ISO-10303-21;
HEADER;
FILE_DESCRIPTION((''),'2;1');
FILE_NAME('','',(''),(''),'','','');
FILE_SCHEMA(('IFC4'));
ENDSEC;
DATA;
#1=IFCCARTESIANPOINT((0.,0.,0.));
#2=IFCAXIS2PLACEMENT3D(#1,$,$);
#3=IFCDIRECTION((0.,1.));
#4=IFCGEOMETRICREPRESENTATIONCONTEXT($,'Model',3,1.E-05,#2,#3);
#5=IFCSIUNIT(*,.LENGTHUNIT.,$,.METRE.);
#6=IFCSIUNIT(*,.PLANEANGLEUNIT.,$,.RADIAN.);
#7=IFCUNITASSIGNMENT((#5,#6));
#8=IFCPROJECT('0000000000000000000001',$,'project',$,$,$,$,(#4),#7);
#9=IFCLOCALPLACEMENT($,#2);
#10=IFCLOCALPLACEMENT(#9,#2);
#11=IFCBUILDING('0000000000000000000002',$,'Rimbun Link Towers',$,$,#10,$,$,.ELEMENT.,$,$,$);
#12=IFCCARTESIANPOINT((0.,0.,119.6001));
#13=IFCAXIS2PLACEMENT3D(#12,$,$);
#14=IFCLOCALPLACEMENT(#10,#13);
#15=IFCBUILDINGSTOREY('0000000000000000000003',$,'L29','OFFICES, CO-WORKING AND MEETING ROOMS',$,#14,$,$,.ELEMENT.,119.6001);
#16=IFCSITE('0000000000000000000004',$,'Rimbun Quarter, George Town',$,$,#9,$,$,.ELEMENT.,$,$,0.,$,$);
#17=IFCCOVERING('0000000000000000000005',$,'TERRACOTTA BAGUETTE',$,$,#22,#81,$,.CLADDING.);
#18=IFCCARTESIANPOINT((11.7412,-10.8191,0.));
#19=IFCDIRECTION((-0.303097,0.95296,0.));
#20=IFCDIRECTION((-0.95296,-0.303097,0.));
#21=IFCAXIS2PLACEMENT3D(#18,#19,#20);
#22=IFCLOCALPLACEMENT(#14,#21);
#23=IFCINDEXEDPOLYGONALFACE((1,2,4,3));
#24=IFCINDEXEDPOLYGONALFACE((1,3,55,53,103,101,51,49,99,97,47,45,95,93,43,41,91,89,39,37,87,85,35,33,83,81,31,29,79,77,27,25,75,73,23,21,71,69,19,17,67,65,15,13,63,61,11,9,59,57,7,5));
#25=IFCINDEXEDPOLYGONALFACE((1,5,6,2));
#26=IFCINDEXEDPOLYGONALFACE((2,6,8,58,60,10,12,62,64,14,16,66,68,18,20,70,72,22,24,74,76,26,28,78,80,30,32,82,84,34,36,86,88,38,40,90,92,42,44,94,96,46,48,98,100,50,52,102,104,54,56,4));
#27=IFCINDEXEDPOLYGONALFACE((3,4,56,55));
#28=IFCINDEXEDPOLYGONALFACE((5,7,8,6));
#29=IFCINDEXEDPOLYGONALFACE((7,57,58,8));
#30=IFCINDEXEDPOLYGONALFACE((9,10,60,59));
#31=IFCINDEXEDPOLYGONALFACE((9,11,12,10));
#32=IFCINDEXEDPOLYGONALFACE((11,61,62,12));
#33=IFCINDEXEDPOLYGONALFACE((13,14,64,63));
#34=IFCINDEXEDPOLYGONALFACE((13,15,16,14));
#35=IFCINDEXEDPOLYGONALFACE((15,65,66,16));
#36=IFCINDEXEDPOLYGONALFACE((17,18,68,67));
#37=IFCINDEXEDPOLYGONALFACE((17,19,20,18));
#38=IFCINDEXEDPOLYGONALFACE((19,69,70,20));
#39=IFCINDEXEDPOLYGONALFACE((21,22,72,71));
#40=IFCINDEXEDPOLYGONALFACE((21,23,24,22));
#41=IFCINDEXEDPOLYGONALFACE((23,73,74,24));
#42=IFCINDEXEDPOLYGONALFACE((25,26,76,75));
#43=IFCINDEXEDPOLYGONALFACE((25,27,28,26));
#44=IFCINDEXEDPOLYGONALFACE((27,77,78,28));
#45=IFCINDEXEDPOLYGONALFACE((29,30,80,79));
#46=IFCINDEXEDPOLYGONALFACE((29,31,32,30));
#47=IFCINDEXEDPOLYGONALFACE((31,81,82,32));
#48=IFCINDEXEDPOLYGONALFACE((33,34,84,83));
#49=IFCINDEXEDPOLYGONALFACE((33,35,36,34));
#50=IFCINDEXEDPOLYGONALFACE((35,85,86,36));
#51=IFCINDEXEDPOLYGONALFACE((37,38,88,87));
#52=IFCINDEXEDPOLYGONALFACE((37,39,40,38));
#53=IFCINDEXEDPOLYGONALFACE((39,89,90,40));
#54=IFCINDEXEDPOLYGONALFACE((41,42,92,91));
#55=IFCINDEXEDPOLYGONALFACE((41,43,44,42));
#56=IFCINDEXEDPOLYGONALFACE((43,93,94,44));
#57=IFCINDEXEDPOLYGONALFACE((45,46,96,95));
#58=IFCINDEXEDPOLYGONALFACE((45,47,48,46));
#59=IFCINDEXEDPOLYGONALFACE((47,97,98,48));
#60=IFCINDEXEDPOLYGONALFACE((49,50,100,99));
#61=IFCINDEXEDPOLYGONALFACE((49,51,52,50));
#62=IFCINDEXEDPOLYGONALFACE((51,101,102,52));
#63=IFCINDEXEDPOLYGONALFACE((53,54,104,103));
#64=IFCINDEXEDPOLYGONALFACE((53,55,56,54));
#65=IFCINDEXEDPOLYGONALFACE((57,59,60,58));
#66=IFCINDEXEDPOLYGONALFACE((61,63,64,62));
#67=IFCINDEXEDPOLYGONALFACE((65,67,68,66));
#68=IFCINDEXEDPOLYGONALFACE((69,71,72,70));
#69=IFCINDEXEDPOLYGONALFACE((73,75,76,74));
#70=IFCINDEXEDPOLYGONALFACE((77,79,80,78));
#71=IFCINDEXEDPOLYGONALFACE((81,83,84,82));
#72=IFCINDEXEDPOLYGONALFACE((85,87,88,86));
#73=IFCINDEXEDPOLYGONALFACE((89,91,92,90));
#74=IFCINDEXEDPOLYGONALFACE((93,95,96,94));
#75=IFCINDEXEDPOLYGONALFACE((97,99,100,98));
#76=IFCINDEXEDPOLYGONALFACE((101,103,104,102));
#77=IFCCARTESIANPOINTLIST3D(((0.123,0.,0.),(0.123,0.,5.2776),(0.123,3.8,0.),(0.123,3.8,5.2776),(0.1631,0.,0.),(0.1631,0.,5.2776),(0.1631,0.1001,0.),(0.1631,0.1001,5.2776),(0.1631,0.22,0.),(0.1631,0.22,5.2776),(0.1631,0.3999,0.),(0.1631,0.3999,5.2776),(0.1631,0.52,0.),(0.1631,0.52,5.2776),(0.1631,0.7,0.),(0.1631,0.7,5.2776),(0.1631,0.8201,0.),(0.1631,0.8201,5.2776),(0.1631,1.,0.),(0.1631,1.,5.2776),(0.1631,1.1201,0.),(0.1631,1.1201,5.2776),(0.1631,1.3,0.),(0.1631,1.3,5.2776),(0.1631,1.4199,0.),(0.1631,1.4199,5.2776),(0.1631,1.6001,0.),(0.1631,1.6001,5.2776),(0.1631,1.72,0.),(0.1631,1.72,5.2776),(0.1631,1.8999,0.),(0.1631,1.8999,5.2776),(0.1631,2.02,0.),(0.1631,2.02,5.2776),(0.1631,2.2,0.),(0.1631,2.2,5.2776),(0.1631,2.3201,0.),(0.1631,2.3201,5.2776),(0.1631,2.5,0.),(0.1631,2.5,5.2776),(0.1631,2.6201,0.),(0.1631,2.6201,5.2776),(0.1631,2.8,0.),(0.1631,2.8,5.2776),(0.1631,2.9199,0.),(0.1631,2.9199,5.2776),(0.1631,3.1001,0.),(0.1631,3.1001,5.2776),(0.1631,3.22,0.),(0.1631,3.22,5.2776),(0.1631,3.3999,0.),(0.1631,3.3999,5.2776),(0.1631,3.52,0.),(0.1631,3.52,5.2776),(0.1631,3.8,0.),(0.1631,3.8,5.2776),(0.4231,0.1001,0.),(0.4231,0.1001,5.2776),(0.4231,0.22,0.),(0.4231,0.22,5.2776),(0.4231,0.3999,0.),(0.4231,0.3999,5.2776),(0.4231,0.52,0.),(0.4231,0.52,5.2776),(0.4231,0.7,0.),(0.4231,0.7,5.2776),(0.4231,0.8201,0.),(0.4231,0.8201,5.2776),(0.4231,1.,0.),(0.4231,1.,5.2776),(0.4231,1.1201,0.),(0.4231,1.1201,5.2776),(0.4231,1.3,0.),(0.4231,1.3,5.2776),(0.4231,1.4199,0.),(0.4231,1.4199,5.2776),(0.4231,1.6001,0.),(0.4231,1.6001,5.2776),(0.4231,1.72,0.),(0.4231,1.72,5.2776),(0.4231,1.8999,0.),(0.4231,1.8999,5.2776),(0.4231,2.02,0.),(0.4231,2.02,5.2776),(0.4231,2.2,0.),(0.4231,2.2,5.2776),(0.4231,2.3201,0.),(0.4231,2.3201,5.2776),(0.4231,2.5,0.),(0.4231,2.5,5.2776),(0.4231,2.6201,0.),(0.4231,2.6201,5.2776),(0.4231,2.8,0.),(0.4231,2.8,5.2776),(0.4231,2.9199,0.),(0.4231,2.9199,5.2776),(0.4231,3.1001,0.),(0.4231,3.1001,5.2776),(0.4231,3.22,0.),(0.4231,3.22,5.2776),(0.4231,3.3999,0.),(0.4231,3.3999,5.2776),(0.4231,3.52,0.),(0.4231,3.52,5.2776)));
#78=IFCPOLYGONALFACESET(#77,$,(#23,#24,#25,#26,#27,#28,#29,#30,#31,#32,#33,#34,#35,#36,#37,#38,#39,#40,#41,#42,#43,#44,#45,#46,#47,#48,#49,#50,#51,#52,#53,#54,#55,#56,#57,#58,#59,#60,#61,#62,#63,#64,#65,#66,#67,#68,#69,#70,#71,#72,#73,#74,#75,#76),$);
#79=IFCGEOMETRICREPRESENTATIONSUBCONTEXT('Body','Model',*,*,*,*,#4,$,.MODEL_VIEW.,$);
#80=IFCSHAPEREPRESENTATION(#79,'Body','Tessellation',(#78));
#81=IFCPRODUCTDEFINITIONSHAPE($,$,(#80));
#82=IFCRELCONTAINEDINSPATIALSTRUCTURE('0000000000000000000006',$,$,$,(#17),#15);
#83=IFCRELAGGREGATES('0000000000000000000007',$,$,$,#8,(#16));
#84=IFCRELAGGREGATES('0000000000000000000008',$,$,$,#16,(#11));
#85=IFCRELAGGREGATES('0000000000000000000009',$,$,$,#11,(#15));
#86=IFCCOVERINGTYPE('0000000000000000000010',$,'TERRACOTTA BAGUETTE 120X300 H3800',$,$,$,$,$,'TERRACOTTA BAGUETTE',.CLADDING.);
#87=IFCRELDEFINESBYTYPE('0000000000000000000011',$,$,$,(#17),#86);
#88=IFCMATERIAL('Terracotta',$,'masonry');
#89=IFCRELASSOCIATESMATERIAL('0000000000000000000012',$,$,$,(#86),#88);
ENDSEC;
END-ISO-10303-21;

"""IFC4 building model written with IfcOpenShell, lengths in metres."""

from ifc_helpers import new_model, si_unit, direction, frame, origin, place, context, subcontext, project, spatial, polyline, outline, extrude, material, material_profile, profile_set, type_object, element, save


model = new_model("IFC4")

# Units and contexts
model_context = context("Model", 3, precision=1e-05, world=origin(), true_north=direction((0.0, 1.0)))
body_context = subcontext(model_context, "Body", "Model", "MODEL_VIEW")
ifc_project = project(units=[si_unit("LENGTHUNIT", "METRE"), si_unit("PLANEANGLEUNIT", "RADIAN")], contexts=[model_context])

# Site, building, storey
site_placement = place(None, origin())
site = spatial("IfcSite", under=ifc_project, at=site_placement, Name="Rimbun Quarter, George Town", CompositionType="ELEMENT", RefElevation=0.0)
building_placement = place(site_placement, origin())
building = spatial("IfcBuilding", under=site, at=building_placement, Name="Rimbun Link Towers", CompositionType="ELEMENT")
storey_placement = place(building_placement, frame((0.0, 0.0, 119.6001)))
storey = spatial("IfcBuildingStorey", under=building, at=storey_placement, Name="L29", Description="OFFICES, CO-WORKING AND MEETING ROOMS", CompositionType="ELEMENT", Elevation=119.6001)

# Covering
ifc_material_1 = material(Name="Terracotta", Category="masonry")
ifc_material_profile_1 = material_profile(ifc_material_1, outline(polyline([(0.123, 0.0), (0.1631, 0.0), (0.1631, 0.1001), (0.4231, 0.1001), (0.4231, 0.22), (0.1631, 0.22), (0.1631, 0.3999), (0.4231, 0.3999), (0.4231, 0.52), (0.1631, 0.52), (0.1631, 0.7), (0.4231, 0.7), (0.4231, 0.8201), (0.1631, 0.8201), (0.1631, 1.0), (0.4231, 1.0), (0.4231, 1.1201), (0.1631, 1.1201), (0.1631, 1.3), (0.4231, 1.3), (0.4231, 1.4199), (0.1631, 1.4199), (0.1631, 1.6001), (0.4231, 1.6001), (0.4231, 1.72), (0.1631, 1.72), (0.1631, 1.8999), (0.4231, 1.8999), (0.4231, 2.02), (0.1631, 2.02), (0.1631, 2.2), (0.4231, 2.2), (0.4231, 2.3201), (0.1631, 2.3201), (0.1631, 2.5), (0.4231, 2.5), (0.4231, 2.6201), (0.1631, 2.6201), (0.1631, 2.8), (0.4231, 2.8), (0.4231, 2.9199), (0.1631, 2.9199), (0.1631, 3.1001), (0.4231, 3.1001), (0.4231, 3.22), (0.1631, 3.22), (0.1631, 3.3999), (0.4231, 3.3999), (0.4231, 3.52), (0.1631, 3.52), (0.1631, 3.8), (0.123, 3.8), (0.123, 0.0)])), Name="BAGUETTE 120X300")
ifc_profile_set_1 = profile_set([ifc_material_profile_1], Name="Terracotta")
covering_type_1 = type_object("IfcCoveringType", Name="TERRACOTTA BAGUETTE 120X300 H3800", ElementType="TERRACOTTA BAGUETTE", PredefinedType="CLADDING", material=ifc_profile_set_1)
covering_1_placement = place(storey_placement, frame((11.7412, -10.8191, 0.0), z_axis=(-0.303097, 0.95296, 0.0), x_axis=(-0.95296, -0.303097, 0.0)))
element("IfcCovering", 1, at=covering_1_placement, inside=storey, type_object=covering_type_1, Name="TERRACOTTA BAGUETTE", PredefinedType="CLADDING", context=body_context, shape_type="SweptSolid", body=[
    extrude(outline(polyline([(0.123, 0.0), (0.1631, 0.0), (0.1631, 0.1001), (0.4231, 0.1001), (0.4231, 0.22), (0.1631, 0.22), (0.1631, 0.3999), (0.4231, 0.3999), (0.4231, 0.52), (0.1631, 0.52), (0.1631, 0.7), (0.4231, 0.7), (0.4231, 0.8201), (0.1631, 0.8201), (0.1631, 1.0), (0.4231, 1.0), (0.4231, 1.1201), (0.1631, 1.1201), (0.1631, 1.3), (0.4231, 1.3), (0.4231, 1.4199), (0.1631, 1.4199), (0.1631, 1.6001), (0.4231, 1.6001), (0.4231, 1.72), (0.1631, 1.72), (0.1631, 1.8999), (0.4231, 1.8999), (0.4231, 2.02), (0.1631, 2.02), (0.1631, 2.2), (0.4231, 2.2), (0.4231, 2.3201), (0.1631, 2.3201), (0.1631, 2.5), (0.4231, 2.5), (0.4231, 2.6201), (0.1631, 2.6201), (0.1631, 2.8), (0.4231, 2.8), (0.4231, 2.9199), (0.1631, 2.9199), (0.1631, 3.1001), (0.4231, 3.1001), (0.4231, 3.22), (0.1631, 3.22), (0.1631, 3.3999), (0.4231, 3.3999), (0.4231, 3.52), (0.1631, 3.52), (0.1631, 3.8), (0.123, 3.8), (0.123, 0.0)])), origin(), (0.0, 0.0, 1.0), 5.2776),
])

save(model, "model.ifc")
